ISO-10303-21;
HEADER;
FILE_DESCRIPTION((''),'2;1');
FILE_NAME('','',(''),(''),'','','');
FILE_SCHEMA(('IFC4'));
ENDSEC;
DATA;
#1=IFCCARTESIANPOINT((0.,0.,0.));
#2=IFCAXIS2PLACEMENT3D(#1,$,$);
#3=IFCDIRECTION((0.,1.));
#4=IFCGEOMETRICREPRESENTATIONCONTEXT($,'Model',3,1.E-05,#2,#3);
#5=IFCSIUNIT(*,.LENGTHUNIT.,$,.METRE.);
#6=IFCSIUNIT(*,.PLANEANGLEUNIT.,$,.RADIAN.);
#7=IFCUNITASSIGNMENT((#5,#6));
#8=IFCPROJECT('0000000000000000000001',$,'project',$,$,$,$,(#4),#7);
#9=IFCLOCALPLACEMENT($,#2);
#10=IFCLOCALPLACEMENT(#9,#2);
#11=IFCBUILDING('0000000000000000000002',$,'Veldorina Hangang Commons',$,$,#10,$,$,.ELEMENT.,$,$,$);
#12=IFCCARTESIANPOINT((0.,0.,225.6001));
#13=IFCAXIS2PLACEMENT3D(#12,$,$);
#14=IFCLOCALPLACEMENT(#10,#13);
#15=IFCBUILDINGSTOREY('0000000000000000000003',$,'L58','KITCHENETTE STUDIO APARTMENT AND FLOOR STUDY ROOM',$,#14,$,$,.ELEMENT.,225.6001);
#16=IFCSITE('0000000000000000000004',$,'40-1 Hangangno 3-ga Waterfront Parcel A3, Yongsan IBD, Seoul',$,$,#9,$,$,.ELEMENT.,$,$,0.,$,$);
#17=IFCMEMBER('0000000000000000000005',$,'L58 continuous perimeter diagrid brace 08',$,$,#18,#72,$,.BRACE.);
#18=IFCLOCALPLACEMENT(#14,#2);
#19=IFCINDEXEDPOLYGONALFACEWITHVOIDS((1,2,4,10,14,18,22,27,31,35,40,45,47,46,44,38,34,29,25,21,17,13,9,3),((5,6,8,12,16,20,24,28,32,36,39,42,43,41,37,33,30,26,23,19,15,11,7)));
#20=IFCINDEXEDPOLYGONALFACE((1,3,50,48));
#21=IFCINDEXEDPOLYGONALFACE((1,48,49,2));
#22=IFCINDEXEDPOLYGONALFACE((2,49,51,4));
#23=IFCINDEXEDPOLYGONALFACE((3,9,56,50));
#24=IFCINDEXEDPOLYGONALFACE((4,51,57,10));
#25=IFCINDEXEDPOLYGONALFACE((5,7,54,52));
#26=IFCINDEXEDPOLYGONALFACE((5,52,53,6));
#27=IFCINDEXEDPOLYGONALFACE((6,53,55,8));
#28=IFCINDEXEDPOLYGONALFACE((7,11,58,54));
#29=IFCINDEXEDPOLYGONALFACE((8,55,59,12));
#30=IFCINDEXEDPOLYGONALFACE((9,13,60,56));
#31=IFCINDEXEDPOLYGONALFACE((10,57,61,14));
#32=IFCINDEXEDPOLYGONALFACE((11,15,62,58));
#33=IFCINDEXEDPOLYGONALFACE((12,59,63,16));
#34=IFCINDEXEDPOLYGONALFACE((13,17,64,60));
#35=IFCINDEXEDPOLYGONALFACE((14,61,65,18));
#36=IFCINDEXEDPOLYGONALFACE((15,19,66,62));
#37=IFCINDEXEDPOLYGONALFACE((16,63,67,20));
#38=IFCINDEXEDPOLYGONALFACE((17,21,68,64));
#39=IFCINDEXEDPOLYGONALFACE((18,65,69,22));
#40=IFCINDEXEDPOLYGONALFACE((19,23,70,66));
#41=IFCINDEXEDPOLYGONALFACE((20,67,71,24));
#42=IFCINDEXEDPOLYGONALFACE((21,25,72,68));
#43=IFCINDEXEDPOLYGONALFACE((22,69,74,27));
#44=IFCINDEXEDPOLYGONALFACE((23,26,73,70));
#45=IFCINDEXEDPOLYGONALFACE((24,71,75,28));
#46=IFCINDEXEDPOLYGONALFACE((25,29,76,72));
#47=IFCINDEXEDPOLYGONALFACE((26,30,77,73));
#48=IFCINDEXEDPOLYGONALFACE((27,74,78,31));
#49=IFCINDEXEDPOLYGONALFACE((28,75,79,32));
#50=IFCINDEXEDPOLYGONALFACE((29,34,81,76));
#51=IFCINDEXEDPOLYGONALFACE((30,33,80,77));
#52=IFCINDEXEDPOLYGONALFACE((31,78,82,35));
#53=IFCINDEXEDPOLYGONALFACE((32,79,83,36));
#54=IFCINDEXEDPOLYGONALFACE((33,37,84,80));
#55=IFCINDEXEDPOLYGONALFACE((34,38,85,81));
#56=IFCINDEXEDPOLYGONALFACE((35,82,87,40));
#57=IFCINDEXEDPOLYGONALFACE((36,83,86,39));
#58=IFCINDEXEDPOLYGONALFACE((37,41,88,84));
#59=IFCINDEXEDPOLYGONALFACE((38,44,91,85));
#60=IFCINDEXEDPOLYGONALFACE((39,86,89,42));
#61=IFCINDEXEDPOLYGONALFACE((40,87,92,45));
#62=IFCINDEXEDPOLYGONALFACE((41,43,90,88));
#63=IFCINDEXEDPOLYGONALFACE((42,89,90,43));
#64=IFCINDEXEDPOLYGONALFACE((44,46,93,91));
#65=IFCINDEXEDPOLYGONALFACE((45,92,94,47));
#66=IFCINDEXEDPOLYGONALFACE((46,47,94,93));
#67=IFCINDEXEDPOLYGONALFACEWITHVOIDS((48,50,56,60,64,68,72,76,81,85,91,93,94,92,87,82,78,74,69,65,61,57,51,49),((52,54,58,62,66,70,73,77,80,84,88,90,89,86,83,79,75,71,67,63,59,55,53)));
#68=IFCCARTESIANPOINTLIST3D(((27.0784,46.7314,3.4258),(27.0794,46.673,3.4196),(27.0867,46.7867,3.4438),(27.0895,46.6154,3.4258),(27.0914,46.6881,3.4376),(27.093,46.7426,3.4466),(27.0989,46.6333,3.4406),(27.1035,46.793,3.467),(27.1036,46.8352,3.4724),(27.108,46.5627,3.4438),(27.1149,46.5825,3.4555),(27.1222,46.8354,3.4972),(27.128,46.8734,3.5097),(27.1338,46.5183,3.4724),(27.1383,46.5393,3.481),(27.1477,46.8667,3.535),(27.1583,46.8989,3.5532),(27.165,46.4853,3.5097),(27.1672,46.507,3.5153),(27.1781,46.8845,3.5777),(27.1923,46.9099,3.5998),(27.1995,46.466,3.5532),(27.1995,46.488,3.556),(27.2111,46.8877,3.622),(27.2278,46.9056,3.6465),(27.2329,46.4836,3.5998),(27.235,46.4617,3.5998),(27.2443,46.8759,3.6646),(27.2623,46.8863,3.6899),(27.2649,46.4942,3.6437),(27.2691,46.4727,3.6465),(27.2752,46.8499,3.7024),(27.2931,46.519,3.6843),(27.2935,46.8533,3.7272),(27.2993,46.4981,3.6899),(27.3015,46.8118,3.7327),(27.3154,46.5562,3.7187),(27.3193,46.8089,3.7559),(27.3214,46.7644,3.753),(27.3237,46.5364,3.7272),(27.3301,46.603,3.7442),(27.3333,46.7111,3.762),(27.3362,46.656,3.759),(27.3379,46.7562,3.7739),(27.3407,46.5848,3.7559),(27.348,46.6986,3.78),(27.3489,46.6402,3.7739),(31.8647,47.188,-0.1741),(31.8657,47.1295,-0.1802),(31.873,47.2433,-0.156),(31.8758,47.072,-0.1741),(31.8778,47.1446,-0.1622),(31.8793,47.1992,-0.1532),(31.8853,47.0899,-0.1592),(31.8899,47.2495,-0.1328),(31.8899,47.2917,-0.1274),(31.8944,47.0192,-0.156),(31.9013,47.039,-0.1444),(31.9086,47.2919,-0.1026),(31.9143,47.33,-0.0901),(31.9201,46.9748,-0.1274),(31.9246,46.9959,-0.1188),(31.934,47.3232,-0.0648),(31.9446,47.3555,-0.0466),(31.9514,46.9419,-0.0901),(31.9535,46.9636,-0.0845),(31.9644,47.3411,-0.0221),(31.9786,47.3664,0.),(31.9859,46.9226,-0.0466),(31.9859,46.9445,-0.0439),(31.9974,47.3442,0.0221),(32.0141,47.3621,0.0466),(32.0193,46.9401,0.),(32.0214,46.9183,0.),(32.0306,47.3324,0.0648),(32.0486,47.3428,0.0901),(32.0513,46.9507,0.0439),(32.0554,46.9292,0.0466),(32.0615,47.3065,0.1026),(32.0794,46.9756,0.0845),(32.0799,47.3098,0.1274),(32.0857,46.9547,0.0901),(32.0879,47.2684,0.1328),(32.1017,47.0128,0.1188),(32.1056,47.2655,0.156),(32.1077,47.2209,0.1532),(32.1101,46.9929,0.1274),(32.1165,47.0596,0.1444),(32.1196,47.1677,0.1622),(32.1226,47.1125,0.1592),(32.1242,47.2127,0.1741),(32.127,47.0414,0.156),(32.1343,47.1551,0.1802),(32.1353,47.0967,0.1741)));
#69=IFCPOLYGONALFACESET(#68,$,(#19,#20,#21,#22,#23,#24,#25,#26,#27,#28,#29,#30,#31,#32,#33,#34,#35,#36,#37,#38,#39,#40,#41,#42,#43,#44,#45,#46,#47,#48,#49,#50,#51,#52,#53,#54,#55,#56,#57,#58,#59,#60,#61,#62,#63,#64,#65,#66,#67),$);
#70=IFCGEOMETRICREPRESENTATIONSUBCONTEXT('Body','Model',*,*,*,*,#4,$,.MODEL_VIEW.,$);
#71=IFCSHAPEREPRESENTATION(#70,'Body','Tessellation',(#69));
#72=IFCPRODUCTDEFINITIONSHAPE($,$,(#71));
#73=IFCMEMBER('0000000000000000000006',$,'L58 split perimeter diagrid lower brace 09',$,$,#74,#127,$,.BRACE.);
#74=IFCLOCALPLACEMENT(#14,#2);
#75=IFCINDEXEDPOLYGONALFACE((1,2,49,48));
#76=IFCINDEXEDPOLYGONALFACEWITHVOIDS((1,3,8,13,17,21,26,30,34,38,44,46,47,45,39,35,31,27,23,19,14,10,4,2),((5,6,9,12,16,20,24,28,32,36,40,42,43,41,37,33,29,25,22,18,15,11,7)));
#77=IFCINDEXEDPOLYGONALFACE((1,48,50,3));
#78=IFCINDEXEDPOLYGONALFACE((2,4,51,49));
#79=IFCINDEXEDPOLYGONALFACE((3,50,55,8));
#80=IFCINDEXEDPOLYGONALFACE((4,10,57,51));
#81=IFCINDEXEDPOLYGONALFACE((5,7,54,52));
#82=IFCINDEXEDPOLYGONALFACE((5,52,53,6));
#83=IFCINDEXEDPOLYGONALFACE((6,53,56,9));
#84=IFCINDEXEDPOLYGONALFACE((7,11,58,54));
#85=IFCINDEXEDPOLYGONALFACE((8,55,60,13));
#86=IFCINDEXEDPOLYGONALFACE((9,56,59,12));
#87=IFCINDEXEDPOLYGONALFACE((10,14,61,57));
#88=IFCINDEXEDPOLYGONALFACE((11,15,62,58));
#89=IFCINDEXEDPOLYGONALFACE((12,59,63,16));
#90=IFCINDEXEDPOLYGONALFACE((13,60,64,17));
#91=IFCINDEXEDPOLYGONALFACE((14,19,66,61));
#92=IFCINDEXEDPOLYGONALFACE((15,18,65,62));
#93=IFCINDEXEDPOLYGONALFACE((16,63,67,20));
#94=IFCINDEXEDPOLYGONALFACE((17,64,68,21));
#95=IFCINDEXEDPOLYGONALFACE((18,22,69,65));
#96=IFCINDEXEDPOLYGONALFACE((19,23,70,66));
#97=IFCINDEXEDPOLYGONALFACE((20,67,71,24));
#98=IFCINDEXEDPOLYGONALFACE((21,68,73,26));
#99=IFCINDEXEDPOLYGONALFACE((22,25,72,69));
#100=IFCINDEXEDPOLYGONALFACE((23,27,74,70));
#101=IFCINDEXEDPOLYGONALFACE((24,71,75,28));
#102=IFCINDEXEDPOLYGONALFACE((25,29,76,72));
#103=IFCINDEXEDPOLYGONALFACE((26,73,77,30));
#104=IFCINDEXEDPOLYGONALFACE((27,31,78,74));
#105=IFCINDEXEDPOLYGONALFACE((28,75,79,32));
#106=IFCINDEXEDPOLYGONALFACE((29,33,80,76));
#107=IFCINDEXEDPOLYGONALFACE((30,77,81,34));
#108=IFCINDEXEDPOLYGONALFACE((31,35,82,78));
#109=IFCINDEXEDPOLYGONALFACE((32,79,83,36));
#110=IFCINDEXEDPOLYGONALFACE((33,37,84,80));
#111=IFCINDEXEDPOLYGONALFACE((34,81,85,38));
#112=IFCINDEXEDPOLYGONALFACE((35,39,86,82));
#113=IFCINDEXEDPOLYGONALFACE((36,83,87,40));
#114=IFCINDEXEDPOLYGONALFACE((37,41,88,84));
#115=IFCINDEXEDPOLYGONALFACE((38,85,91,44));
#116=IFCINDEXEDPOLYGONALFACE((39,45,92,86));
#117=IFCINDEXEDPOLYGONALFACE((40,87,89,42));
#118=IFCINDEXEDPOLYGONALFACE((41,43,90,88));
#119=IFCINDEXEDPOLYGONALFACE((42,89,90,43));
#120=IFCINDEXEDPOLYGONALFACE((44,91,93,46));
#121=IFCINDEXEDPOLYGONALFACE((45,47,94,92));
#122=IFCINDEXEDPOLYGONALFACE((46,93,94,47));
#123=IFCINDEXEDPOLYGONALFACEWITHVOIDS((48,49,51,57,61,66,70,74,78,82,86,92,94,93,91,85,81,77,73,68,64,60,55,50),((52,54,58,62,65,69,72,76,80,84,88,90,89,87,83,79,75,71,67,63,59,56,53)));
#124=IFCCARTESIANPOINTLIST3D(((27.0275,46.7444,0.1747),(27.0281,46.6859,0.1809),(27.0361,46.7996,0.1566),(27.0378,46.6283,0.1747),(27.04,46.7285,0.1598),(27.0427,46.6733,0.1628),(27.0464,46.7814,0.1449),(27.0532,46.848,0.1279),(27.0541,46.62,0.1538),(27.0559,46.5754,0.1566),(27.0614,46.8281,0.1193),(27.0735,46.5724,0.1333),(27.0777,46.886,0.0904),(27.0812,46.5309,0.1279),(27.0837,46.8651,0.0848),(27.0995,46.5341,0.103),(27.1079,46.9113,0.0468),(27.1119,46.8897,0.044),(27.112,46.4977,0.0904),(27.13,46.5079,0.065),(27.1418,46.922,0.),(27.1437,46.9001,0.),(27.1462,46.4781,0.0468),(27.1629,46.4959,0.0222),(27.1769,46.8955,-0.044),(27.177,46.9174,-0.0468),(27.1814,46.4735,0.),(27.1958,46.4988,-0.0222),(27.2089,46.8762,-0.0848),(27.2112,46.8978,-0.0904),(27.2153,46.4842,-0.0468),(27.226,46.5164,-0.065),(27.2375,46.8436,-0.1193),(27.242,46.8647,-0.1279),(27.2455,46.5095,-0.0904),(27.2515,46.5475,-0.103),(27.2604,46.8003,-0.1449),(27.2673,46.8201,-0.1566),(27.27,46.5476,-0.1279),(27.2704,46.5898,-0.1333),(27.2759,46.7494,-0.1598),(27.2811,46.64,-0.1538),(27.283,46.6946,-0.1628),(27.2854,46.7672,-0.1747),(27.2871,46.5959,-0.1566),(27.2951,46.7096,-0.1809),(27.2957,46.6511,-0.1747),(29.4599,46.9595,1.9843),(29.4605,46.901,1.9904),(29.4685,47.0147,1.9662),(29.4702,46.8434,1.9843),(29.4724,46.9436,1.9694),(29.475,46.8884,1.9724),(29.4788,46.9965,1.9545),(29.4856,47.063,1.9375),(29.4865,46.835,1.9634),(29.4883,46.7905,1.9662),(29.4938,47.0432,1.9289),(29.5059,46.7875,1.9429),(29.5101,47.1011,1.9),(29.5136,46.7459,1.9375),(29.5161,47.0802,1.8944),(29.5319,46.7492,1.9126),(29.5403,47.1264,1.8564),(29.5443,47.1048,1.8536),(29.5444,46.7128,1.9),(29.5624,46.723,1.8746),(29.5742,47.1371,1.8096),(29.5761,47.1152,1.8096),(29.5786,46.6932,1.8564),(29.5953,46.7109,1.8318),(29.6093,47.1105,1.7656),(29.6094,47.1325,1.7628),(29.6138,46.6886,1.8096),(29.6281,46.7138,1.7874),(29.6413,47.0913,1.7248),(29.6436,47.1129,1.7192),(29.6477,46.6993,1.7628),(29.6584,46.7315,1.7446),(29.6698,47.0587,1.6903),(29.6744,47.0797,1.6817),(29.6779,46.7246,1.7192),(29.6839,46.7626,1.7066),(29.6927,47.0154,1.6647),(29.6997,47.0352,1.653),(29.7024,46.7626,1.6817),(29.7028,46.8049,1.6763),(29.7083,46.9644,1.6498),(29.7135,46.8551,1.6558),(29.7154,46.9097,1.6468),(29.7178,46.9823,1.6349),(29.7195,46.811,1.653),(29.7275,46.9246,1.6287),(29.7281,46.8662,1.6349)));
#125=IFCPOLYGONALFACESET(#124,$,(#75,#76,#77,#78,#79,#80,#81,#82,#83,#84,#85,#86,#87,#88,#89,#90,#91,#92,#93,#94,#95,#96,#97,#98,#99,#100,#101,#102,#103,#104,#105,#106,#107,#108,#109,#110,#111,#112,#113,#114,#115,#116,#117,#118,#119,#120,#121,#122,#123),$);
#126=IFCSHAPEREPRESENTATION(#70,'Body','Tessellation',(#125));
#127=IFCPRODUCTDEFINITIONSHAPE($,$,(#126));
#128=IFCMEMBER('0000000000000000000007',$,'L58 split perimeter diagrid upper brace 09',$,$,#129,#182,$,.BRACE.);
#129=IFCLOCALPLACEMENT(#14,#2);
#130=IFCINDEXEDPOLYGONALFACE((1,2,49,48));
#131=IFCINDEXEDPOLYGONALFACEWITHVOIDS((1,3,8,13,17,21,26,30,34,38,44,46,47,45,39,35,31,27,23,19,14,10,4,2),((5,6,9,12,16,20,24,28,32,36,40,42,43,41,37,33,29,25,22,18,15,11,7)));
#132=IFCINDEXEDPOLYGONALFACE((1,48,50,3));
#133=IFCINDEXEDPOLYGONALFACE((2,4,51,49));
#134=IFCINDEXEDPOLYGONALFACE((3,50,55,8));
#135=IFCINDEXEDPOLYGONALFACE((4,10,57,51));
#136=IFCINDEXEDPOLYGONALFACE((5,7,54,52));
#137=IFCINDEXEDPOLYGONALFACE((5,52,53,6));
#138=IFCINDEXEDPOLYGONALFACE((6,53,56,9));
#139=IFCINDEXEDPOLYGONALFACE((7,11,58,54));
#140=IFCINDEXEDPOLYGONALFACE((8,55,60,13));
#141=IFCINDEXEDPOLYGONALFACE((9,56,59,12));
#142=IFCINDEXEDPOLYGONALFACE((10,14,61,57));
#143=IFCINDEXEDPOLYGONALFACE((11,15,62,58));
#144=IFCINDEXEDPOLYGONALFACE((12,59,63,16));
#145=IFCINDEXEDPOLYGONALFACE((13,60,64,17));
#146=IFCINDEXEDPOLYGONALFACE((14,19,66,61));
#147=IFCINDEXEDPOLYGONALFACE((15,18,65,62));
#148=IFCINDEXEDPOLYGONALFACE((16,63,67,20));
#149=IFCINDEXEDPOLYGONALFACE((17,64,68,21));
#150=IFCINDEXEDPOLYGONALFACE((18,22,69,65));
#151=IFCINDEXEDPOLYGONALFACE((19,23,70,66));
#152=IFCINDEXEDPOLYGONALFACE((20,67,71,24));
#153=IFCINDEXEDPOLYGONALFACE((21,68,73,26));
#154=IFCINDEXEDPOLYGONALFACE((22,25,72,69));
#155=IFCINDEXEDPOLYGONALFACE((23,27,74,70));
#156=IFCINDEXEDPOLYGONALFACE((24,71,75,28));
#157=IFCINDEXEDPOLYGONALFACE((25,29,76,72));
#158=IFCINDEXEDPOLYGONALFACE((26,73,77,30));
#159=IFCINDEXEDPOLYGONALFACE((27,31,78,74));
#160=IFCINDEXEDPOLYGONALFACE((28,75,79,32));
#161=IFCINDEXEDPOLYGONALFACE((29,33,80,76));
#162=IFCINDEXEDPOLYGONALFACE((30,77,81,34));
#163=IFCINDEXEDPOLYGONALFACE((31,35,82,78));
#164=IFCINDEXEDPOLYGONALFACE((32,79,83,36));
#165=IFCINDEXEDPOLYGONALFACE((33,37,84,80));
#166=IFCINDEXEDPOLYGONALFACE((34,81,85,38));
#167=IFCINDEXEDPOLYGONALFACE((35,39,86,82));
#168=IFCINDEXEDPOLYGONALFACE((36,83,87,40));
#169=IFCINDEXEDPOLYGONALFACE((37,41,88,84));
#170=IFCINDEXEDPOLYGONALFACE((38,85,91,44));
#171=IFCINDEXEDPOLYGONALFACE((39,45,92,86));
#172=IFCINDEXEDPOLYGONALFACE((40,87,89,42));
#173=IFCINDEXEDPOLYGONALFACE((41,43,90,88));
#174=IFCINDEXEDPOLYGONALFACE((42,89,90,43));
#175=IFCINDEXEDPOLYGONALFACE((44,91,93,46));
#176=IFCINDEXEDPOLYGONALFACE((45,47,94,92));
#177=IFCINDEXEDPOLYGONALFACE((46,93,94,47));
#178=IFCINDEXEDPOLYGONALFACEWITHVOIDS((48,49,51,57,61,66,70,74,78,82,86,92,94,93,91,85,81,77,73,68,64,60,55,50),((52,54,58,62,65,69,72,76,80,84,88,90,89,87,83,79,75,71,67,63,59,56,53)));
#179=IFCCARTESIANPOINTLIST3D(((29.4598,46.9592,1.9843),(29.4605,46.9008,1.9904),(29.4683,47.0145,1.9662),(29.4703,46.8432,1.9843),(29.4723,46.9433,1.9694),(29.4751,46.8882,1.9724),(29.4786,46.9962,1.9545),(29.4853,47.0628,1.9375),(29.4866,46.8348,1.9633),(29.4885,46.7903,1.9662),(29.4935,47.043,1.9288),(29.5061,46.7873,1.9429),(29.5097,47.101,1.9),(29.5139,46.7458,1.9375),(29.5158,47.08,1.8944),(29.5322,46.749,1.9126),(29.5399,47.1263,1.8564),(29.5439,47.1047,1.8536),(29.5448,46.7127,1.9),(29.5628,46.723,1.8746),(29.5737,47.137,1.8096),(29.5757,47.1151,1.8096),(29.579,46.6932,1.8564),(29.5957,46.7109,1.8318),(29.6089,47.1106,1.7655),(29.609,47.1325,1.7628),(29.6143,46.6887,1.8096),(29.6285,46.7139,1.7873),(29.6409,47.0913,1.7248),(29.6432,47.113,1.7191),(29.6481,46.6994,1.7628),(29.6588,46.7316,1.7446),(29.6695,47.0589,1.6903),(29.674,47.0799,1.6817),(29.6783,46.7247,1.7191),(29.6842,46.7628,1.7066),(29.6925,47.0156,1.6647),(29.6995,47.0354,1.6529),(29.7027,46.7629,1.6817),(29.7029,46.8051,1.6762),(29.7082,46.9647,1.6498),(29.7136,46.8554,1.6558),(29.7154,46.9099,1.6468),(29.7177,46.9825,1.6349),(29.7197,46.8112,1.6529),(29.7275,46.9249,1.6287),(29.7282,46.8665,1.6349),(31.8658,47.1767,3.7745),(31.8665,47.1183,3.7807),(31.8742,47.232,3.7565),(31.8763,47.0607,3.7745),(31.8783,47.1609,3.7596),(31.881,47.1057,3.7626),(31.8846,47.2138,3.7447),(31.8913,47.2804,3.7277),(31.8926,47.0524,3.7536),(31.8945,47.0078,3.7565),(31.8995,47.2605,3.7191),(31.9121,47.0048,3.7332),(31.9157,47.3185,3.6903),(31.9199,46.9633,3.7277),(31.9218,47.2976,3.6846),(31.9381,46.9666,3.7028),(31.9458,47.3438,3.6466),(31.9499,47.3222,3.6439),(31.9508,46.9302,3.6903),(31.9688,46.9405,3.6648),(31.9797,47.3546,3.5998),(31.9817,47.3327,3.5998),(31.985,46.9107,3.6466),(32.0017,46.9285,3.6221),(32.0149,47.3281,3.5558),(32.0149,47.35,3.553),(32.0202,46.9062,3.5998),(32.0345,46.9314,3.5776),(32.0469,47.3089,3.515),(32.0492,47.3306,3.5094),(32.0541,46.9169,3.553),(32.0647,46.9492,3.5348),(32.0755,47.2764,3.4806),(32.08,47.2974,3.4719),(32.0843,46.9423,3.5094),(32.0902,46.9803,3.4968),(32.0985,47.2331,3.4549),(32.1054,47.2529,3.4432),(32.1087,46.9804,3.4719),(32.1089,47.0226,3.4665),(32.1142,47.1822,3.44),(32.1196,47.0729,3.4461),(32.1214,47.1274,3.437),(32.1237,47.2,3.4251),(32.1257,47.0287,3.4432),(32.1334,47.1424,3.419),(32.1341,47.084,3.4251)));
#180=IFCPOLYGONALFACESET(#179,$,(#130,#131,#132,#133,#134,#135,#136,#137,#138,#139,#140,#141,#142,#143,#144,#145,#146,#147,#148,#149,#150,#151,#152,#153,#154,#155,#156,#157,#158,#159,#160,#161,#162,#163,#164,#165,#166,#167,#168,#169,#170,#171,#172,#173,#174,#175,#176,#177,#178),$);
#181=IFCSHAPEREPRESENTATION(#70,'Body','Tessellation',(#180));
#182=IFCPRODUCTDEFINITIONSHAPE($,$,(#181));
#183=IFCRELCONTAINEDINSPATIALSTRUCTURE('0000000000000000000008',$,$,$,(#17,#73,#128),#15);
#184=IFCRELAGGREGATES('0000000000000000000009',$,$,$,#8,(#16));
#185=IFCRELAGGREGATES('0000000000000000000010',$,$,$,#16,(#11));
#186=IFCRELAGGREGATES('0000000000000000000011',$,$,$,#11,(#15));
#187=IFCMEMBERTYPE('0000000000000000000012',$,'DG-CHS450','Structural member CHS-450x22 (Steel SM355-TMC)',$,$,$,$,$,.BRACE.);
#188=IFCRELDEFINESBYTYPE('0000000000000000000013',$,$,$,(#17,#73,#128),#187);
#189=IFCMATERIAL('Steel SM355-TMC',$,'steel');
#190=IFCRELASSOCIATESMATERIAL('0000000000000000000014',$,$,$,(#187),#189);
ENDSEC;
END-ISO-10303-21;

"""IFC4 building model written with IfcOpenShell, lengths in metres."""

from ifc_helpers import new_model, si_unit, direction, frame, origin, origin_2d, place, context, subcontext, project, spatial, hollow_circle, extrude, material, material_profile, profile_set, type_object, element, save


model = new_model("IFC4")

# Units and contexts
model_context = context("Model", 3, precision=1e-05, world=origin(), true_north=direction((0.0, 1.0)))
body_context = subcontext(model_context, "Body", "Model", "MODEL_VIEW")
ifc_project = project(units=[si_unit("LENGTHUNIT", "METRE"), si_unit("PLANEANGLEUNIT", "RADIAN")], contexts=[model_context])

# Site, building, storey
site_placement = place(None, origin())
site = spatial("IfcSite", under=ifc_project, at=site_placement, Name="40-1 Hangangno 3-ga Waterfront Parcel A3, Yongsan IBD, Seoul", CompositionType="ELEMENT", RefElevation=0.0)
building_placement = place(site_placement, origin())
building = spatial("IfcBuilding", under=site, at=building_placement, Name="Veldorina Hangang Commons", CompositionType="ELEMENT")
storey_placement = place(building_placement, frame((0.0, 0.0, 225.6001)))
storey = spatial("IfcBuildingStorey", under=building, at=storey_placement, Name="L58", Description="KITCHENETTE STUDIO APARTMENT AND FLOOR STUDY ROOM", CompositionType="ELEMENT", Elevation=225.6001)

# Shared definitions
ifc_material_1 = material(Name="Steel SM355-TMC", Category="steel")

# Members
ifc_material_profile_1 = material_profile(ifc_material_1, hollow_circle(Radius=0.2251, WallThickness=0.022, at=origin_2d()), Name="CHS-450x22")
ifc_profile_set_1 = profile_set([ifc_material_profile_1], Name="Steel SM355-TMC")
member_type_1 = type_object("IfcMemberType", Name="DG-CHS450", Description="Structural member CHS-450x22 (Steel SM355-TMC)", PredefinedType="BRACE", material=ifc_profile_set_1)
member_1_placement = place(storey_placement, frame((32.0, 47.1423, 0.0), z_axis=(-0.79688, -0.076009, 0.599337), x_axis=(0.094953, -0.995482, 0.0)))
element("IfcMember", 1, at=member_1_placement, inside=storey, type_object=member_type_1, Name="L58 continuous perimeter diagrid brace 08", PredefinedType="BRACE", context=body_context, shape_type="SweptSolid", body=[
    extrude(hollow_circle(Radius=0.2251, WallThickness=0.022, at=origin_2d()), origin(), (0.0, 0.0, 1.0), 6.0063),
])
member_2_placement = place(storey_placement, frame((27.1616, 46.6978, 0.0), z_axis=(0.800311, 0.070769, 0.595394), x_axis=(-0.088083, 0.996113, 0.0)))
element("IfcMember", 2, at=member_2_placement, inside=storey, type_object=member_type_1, Name="L58 split perimeter diagrid lower brace 09", PredefinedType="BRACE", context=body_context, shape_type="SweptSolid", body=[
    extrude(hollow_circle(Radius=0.2251, WallThickness=0.022, at=origin_2d()), origin(), (0.0, 0.0, 1.0), 3.0393),
])
member_3_placement = place(storey_placement, frame((29.594, 46.9128, 1.8096), z_axis=(0.800168, 0.072344, 0.595397), x_axis=(-0.090044, 0.995938, 0.0)))
element("IfcMember", 3, at=member_3_placement, inside=storey, type_object=member_type_1, Name="L58 split perimeter diagrid upper brace 09", PredefinedType="BRACE", context=body_context, shape_type="SweptSolid", body=[
    extrude(hollow_circle(Radius=0.2251, WallThickness=0.022, at=origin_2d()), origin(), (0.0, 0.0, 1.0), 3.0068),
])

save(model, "model.ifc")
